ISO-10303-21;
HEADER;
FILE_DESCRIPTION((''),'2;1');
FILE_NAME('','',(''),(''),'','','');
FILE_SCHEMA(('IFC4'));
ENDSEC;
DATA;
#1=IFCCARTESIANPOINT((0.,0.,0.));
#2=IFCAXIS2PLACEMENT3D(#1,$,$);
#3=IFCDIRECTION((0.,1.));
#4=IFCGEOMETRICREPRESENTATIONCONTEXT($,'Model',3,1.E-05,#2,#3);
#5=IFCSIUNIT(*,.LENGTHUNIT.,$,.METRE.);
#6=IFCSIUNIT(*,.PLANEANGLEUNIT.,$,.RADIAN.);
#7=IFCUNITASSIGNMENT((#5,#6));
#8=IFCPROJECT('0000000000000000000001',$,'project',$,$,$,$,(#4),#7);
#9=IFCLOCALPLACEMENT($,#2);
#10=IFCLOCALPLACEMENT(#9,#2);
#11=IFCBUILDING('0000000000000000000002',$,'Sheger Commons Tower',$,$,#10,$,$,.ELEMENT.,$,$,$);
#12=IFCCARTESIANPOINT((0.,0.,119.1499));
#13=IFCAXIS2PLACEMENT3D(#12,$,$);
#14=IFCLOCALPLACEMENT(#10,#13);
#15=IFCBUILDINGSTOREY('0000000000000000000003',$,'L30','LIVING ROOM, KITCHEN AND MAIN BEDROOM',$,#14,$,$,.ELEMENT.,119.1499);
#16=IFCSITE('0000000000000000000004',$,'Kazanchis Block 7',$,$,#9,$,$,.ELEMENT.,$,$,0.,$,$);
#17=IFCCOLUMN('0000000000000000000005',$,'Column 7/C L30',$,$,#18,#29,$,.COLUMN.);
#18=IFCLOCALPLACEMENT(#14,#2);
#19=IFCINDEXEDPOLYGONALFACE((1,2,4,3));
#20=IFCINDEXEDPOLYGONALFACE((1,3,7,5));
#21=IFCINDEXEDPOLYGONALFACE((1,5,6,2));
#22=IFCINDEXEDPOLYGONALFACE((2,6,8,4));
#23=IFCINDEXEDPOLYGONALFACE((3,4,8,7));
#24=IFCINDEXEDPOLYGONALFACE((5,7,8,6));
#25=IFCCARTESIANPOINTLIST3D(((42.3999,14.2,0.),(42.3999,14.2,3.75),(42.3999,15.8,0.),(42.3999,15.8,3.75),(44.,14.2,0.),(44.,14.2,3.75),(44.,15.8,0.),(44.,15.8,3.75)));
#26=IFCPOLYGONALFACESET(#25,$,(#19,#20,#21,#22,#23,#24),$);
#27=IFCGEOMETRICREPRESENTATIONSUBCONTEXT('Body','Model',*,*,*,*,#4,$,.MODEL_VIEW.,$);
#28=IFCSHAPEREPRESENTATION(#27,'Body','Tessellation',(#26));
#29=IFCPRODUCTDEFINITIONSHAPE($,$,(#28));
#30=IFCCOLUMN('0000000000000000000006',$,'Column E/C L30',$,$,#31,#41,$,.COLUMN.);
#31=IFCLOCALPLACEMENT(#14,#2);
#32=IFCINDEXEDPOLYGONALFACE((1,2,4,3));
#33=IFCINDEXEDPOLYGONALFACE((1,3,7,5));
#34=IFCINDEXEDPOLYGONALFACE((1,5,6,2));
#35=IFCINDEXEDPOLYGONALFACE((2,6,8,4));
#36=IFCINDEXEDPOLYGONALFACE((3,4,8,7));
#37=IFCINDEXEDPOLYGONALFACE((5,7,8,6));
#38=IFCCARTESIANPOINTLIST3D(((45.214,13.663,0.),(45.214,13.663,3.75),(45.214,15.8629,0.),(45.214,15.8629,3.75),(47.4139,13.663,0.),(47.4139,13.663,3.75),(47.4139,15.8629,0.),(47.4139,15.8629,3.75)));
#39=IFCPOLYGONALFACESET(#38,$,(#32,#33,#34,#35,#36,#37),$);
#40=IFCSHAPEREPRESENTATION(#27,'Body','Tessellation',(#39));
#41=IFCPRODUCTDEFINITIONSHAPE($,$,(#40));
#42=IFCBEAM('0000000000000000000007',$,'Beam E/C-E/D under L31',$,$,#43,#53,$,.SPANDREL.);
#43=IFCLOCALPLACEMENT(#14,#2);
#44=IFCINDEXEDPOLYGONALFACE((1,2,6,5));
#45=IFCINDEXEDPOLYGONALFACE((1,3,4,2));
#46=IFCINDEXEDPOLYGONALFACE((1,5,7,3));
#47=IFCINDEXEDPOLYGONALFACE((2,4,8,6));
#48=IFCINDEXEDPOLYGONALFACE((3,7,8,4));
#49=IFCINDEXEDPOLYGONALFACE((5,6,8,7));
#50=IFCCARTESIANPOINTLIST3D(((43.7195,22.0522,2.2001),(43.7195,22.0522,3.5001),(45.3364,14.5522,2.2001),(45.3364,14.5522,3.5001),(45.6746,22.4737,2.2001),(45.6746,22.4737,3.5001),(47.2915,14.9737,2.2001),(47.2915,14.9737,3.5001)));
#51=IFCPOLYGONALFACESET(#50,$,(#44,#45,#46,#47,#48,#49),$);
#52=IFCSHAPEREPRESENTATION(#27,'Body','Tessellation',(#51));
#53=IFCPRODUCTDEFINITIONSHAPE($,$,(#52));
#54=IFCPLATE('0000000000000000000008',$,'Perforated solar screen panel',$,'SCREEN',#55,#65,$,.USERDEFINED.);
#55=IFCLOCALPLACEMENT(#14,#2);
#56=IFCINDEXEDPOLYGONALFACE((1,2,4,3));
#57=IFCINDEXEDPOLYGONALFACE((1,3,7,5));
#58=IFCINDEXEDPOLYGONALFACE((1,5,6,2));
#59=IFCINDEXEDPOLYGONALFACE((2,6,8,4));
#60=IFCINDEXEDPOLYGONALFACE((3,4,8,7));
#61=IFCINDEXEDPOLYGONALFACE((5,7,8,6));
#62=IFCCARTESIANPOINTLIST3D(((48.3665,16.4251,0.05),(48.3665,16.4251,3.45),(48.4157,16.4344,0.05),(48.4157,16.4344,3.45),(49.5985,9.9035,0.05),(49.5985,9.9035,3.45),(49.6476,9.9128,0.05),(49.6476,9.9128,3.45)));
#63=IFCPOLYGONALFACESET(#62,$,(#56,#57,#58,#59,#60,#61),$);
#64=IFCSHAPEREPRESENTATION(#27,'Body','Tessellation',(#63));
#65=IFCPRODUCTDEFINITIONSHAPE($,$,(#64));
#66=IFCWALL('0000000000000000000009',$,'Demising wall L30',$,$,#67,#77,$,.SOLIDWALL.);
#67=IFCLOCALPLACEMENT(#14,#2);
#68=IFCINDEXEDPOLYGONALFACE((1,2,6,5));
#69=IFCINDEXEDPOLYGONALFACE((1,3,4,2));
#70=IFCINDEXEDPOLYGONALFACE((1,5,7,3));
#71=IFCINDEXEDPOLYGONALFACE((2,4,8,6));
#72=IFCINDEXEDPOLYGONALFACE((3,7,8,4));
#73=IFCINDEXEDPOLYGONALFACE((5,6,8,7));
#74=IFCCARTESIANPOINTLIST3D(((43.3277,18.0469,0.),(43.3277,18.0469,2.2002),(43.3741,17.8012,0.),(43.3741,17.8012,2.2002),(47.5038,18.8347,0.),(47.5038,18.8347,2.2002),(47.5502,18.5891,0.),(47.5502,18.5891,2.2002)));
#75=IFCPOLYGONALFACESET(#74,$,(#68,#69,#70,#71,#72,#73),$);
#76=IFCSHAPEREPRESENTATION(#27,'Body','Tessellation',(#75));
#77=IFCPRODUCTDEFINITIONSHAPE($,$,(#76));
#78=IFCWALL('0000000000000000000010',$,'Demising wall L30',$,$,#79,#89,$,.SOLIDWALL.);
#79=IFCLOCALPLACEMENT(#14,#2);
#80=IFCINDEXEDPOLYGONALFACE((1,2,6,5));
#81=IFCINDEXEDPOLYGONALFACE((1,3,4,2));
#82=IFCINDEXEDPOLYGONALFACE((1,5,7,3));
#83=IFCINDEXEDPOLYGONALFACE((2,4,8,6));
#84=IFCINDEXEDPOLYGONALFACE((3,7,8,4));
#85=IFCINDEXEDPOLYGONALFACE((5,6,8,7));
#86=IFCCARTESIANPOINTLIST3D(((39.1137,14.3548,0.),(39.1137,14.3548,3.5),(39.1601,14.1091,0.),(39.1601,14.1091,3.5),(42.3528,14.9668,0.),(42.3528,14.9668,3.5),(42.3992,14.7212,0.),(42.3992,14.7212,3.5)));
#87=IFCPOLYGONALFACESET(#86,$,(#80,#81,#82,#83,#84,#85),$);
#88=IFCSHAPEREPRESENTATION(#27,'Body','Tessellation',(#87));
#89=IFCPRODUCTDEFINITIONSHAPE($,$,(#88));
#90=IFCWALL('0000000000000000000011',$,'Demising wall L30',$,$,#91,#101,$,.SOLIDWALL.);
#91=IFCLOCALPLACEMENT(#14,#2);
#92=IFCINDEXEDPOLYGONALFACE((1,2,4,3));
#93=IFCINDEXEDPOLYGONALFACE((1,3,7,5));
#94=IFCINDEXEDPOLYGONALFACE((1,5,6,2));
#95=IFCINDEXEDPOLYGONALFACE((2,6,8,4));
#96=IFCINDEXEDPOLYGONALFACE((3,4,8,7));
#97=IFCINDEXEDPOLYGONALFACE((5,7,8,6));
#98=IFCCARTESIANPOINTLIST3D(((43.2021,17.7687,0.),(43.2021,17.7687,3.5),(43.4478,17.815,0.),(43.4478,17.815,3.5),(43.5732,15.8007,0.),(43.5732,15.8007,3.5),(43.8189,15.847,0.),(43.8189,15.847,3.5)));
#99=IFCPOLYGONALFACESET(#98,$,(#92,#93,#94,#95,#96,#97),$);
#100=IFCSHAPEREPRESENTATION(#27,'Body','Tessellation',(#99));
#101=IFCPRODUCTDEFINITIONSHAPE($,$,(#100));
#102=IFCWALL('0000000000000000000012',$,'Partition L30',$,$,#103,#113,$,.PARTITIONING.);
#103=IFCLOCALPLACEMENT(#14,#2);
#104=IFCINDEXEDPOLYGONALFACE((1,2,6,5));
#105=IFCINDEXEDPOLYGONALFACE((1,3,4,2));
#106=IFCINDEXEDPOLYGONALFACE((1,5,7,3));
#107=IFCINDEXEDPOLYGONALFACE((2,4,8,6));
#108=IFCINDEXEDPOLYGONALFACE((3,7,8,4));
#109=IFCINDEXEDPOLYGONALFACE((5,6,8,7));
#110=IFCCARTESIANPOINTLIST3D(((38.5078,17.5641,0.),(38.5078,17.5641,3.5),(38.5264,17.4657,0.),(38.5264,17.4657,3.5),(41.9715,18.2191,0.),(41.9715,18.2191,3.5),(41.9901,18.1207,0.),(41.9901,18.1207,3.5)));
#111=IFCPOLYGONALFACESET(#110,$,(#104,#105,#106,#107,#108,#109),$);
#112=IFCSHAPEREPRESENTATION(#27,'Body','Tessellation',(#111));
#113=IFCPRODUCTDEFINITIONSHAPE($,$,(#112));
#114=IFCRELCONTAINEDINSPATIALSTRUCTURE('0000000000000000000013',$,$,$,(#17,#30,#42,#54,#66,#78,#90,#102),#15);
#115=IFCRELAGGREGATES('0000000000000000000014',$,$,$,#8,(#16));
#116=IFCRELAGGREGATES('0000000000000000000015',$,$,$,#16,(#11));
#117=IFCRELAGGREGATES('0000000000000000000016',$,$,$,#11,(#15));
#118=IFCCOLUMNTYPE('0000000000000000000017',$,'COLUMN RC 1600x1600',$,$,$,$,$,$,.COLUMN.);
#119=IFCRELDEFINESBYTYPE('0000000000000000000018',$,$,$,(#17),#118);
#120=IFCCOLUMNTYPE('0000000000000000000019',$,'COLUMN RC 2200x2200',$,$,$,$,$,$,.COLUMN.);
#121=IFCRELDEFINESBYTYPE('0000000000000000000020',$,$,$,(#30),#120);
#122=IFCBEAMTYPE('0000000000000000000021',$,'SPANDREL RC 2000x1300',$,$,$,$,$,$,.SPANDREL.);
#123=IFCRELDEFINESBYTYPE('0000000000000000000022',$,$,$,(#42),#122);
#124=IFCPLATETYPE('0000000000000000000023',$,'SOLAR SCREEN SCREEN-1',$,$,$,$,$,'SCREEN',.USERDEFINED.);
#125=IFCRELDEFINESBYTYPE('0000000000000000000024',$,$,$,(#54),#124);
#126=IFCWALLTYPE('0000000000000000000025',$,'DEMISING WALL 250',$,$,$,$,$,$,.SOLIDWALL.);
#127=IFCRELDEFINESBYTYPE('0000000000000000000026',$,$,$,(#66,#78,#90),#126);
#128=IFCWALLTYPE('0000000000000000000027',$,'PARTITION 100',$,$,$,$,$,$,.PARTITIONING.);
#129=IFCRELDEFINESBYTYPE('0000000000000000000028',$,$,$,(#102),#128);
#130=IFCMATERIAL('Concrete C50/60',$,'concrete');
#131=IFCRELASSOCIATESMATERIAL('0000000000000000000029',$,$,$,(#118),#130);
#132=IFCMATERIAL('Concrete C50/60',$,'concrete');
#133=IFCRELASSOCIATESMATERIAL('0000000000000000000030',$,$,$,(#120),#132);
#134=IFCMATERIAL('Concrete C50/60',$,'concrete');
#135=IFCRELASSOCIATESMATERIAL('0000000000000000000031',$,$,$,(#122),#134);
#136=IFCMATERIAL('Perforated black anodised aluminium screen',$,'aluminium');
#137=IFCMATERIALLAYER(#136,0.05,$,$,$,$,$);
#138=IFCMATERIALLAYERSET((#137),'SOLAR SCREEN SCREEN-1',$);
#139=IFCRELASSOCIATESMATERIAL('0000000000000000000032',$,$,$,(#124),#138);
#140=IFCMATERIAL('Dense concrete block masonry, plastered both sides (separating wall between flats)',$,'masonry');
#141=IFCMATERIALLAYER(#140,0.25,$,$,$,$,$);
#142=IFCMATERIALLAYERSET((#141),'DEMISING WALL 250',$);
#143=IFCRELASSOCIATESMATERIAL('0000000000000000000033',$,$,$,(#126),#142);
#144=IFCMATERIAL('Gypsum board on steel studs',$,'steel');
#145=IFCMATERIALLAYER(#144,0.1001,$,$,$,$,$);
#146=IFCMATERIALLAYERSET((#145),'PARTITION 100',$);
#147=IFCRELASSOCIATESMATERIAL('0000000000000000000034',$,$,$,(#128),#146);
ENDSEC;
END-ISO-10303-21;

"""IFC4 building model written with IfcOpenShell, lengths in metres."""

from ifc_helpers import new_model, si_unit, direction, frame, frame_2d, origin, origin_2d, place, context, subcontext, project, spatial, rectangle, extrude, material, layer, layer_set, material_profile, profile_set, type_object, element, save


model = new_model("IFC4")

# Units and contexts
model_context = context("Model", 3, precision=1e-05, world=origin(), true_north=direction((0.0, 1.0)))
body_context = subcontext(model_context, "Body", "Model", "MODEL_VIEW")
ifc_project = project(units=[si_unit("LENGTHUNIT", "METRE"), si_unit("PLANEANGLEUNIT", "RADIAN")], contexts=[model_context])

# Site, building, storey
site_placement = place(None, origin())
site = spatial("IfcSite", under=ifc_project, at=site_placement, Name="Kazanchis Block 7", CompositionType="ELEMENT", RefElevation=0.0)
building_placement = place(site_placement, origin())
building = spatial("IfcBuilding", under=site, at=building_placement, Name="Sheger Commons Tower", CompositionType="ELEMENT")
storey_placement = place(building_placement, frame((0.0, 0.0, 119.1499)))
storey = spatial("IfcBuildingStorey", under=building, at=storey_placement, Name="L30", Description="LIVING ROOM, KITCHEN AND MAIN BEDROOM", CompositionType="ELEMENT", Elevation=119.1499)

# Columns
ifc_material_1 = material(Name="Concrete C50/60", Category="concrete")
ifc_material_profile_1 = material_profile(ifc_material_1, rectangle(XDim=1.6001, YDim=1.6001, at=origin_2d()), Name="RC 1600x1600")
ifc_profile_set_1 = profile_set([ifc_material_profile_1], Name="Concrete C50/60")
column_type_1 = type_object("IfcColumnType", Name="COLUMN RC 1600x1600", PredefinedType="COLUMN", material=ifc_profile_set_1)
column_1_placement = place(storey_placement, frame((43.2, 15.0, 0.0), z_axis=(0.0, 0.0, 1.0), x_axis=(1.0, 0.0, 0.0)))
element("IfcColumn", 1, at=column_1_placement, inside=storey, type_object=column_type_1, Name="Column 7/C L30", PredefinedType="COLUMN", context=body_context, shape_type="SweptSolid", body=[
    extrude(rectangle(XDim=1.6001, YDim=1.6001, at=origin_2d()), origin(), (0.0, 0.0, 1.0), 3.75),
])
ifc_material_2 = material(Name="Concrete C50/60", Category="concrete")
ifc_material_profile_2 = material_profile(ifc_material_2, rectangle(XDim=2.2, YDim=2.2, at=origin_2d()), Name="RC 2200x2200")
ifc_profile_set_2 = profile_set([ifc_material_profile_2], Name="Concrete C50/60")
column_type_2 = type_object("IfcColumnType", Name="COLUMN RC 2200x2200", PredefinedType="COLUMN", material=ifc_profile_set_2)
column_2_placement = place(storey_placement, frame((46.314, 14.7629, 0.0), z_axis=(0.0, 0.0, 1.0), x_axis=(1.0, 0.0, 0.0)))
element("IfcColumn", 2, at=column_2_placement, inside=storey, type_object=column_type_2, Name="Column E/C L30", PredefinedType="COLUMN", context=body_context, shape_type="SweptSolid", body=[
    extrude(rectangle(XDim=2.2, YDim=2.2, at=origin_2d()), origin(), (0.0, 0.0, 1.0), 3.75),
])

# Beam
ifc_material_3 = material(Name="Concrete C50/60", Category="concrete")
ifc_material_profile_3 = material_profile(ifc_material_3, rectangle(XDim=2.0, YDim=1.3, at=origin_2d()), Name="RC 2000x1300")
ifc_profile_set_3 = profile_set([ifc_material_profile_3], Name="Concrete C50/60")
beam_type = type_object("IfcBeamType", Name="SPANDREL RC 2000x1300", PredefinedType="SPANDREL", material=ifc_profile_set_3)
beam_placement = place(storey_placement, frame((46.314, 14.7629, 2.8501), z_axis=(-0.21075, 0.97754, 0.0), x_axis=(-0.97754, -0.21075, 0.0)))
element("IfcBeam", 3, at=beam_placement, inside=storey, type_object=beam_type, Name="Beam E/C-E/D under L31", PredefinedType="SPANDREL", context=body_context, shape_type="SweptSolid", body=[
    extrude(rectangle(XDim=2.0, YDim=1.3, at=origin_2d()), origin(), (0.0, 0.0, 1.0), 7.6724),
])

# Plate
ifc_material_4 = material(Name="Perforated black anodised aluminium screen", Category="aluminium")
ifc_layer_1 = layer(ifc_material_4, 0.05)
ifc_layer_set_1 = layer_set([ifc_layer_1], Name="SOLAR SCREEN SCREEN-1")
plate_type = type_object("IfcPlateType", Name="SOLAR SCREEN SCREEN-1", ElementType="SCREEN", PredefinedType="USERDEFINED", material=ifc_layer_set_1)
plate_placement = place(storey_placement, frame((49.0071, 13.1689, 0.05), z_axis=(0.0, 0.0, 1.0), x_axis=(-0.185615, 0.982623, 0.0)))
element("IfcPlate", 4, at=plate_placement, inside=storey, type_object=plate_type, Name="Perforated solar screen panel", ObjectType="SCREEN", PredefinedType="USERDEFINED", context=body_context, shape_type="SweptSolid", body=[
    extrude(rectangle(XDim=6.637, YDim=0.05, at=origin_2d()), origin(), (0.0, 0.0, 1.0), 3.3999),
])

# Walls
ifc_material_5 = material(Name="Dense concrete block masonry, plastered both sides (separating wall between flats)", Category="masonry")
ifc_layer_2 = layer(ifc_material_5, 0.25)
ifc_layer_set_2 = layer_set([ifc_layer_2], Name="DEMISING WALL 250")
wall_type_1 = type_object("IfcWallType", Name="DEMISING WALL 250", PredefinedType="SOLIDWALL", material=ifc_layer_set_2)
wall_1_placement = place(storey_placement, frame((47.5271, 18.7119, 0.0), z_axis=(0.0, 0.0, 1.0), x_axis=(-0.982665, -0.185388, 0.0)))
element("IfcWall", 5, at=wall_1_placement, inside=storey, type_object=wall_type_1, Name="Demising wall L30", PredefinedType="SOLIDWALL", context=body_context, shape_type="SweptSolid", body=[
    extrude(rectangle(XDim=4.2498, YDim=0.25, at=frame_2d((2.125, 0.0))), origin(), (0.0, 0.0, 1.0), 2.2002),
])
wall_2_placement = place(storey_placement, frame((42.376, 14.844, 0.0), z_axis=(0.0, 0.0, 1.0), x_axis=(-0.98261, -0.185679, 0.0)))
element("IfcWall", 6, at=wall_2_placement, inside=storey, type_object=wall_type_1, Name="Demising wall L30", PredefinedType="SOLIDWALL", context=body_context, shape_type="SweptSolid", body=[
    extrude(rectangle(XDim=3.2964, YDim=0.25, at=frame_2d((1.6482, 0.0))), origin(), (0.0, 0.0, 1.0), 3.5),
])
wall_3_placement = place(storey_placement, frame((43.325, 17.792, 0.0), z_axis=(0.0, 0.0, 1.0), x_axis=(0.185297, -0.982683, 0.0)))
element("IfcWall", 7, at=wall_3_placement, inside=storey, type_object=wall_type_1, Name="Demising wall L30", PredefinedType="SOLIDWALL", context=body_context, shape_type="SweptSolid", body=[
    extrude(rectangle(XDim=2.0027, YDim=0.25, at=frame_2d((1.0015, 0.0))), origin(), (0.0, 0.0, 1.0), 3.5),
])
ifc_material_6 = material(Name="Gypsum board on steel studs", Category="steel")
ifc_layer_3 = layer(ifc_material_6, 0.1001)
ifc_layer_set_3 = layer_set([ifc_layer_3], Name="PARTITION 100")
wall_type_2 = type_object("IfcWallType", Name="PARTITION 100", PredefinedType="PARTITIONING", material=ifc_layer_set_3)
wall_4_placement = place(storey_placement, frame((41.981, 18.1699, 0.0), z_axis=(0.0, 0.0, 1.0), x_axis=(-0.982586, -0.18581, 0.0)))
element("IfcWall", 8, at=wall_4_placement, inside=storey, type_object=wall_type_2, Name="Partition L30", PredefinedType="PARTITIONING", context=body_context, shape_type="SweptSolid", body=[
    extrude(rectangle(XDim=3.5251, YDim=0.1001, at=frame_2d((1.7627, 0.0))), origin(), (0.0, 0.0, 1.0), 3.5),
])

save(model, "model.ifc")
